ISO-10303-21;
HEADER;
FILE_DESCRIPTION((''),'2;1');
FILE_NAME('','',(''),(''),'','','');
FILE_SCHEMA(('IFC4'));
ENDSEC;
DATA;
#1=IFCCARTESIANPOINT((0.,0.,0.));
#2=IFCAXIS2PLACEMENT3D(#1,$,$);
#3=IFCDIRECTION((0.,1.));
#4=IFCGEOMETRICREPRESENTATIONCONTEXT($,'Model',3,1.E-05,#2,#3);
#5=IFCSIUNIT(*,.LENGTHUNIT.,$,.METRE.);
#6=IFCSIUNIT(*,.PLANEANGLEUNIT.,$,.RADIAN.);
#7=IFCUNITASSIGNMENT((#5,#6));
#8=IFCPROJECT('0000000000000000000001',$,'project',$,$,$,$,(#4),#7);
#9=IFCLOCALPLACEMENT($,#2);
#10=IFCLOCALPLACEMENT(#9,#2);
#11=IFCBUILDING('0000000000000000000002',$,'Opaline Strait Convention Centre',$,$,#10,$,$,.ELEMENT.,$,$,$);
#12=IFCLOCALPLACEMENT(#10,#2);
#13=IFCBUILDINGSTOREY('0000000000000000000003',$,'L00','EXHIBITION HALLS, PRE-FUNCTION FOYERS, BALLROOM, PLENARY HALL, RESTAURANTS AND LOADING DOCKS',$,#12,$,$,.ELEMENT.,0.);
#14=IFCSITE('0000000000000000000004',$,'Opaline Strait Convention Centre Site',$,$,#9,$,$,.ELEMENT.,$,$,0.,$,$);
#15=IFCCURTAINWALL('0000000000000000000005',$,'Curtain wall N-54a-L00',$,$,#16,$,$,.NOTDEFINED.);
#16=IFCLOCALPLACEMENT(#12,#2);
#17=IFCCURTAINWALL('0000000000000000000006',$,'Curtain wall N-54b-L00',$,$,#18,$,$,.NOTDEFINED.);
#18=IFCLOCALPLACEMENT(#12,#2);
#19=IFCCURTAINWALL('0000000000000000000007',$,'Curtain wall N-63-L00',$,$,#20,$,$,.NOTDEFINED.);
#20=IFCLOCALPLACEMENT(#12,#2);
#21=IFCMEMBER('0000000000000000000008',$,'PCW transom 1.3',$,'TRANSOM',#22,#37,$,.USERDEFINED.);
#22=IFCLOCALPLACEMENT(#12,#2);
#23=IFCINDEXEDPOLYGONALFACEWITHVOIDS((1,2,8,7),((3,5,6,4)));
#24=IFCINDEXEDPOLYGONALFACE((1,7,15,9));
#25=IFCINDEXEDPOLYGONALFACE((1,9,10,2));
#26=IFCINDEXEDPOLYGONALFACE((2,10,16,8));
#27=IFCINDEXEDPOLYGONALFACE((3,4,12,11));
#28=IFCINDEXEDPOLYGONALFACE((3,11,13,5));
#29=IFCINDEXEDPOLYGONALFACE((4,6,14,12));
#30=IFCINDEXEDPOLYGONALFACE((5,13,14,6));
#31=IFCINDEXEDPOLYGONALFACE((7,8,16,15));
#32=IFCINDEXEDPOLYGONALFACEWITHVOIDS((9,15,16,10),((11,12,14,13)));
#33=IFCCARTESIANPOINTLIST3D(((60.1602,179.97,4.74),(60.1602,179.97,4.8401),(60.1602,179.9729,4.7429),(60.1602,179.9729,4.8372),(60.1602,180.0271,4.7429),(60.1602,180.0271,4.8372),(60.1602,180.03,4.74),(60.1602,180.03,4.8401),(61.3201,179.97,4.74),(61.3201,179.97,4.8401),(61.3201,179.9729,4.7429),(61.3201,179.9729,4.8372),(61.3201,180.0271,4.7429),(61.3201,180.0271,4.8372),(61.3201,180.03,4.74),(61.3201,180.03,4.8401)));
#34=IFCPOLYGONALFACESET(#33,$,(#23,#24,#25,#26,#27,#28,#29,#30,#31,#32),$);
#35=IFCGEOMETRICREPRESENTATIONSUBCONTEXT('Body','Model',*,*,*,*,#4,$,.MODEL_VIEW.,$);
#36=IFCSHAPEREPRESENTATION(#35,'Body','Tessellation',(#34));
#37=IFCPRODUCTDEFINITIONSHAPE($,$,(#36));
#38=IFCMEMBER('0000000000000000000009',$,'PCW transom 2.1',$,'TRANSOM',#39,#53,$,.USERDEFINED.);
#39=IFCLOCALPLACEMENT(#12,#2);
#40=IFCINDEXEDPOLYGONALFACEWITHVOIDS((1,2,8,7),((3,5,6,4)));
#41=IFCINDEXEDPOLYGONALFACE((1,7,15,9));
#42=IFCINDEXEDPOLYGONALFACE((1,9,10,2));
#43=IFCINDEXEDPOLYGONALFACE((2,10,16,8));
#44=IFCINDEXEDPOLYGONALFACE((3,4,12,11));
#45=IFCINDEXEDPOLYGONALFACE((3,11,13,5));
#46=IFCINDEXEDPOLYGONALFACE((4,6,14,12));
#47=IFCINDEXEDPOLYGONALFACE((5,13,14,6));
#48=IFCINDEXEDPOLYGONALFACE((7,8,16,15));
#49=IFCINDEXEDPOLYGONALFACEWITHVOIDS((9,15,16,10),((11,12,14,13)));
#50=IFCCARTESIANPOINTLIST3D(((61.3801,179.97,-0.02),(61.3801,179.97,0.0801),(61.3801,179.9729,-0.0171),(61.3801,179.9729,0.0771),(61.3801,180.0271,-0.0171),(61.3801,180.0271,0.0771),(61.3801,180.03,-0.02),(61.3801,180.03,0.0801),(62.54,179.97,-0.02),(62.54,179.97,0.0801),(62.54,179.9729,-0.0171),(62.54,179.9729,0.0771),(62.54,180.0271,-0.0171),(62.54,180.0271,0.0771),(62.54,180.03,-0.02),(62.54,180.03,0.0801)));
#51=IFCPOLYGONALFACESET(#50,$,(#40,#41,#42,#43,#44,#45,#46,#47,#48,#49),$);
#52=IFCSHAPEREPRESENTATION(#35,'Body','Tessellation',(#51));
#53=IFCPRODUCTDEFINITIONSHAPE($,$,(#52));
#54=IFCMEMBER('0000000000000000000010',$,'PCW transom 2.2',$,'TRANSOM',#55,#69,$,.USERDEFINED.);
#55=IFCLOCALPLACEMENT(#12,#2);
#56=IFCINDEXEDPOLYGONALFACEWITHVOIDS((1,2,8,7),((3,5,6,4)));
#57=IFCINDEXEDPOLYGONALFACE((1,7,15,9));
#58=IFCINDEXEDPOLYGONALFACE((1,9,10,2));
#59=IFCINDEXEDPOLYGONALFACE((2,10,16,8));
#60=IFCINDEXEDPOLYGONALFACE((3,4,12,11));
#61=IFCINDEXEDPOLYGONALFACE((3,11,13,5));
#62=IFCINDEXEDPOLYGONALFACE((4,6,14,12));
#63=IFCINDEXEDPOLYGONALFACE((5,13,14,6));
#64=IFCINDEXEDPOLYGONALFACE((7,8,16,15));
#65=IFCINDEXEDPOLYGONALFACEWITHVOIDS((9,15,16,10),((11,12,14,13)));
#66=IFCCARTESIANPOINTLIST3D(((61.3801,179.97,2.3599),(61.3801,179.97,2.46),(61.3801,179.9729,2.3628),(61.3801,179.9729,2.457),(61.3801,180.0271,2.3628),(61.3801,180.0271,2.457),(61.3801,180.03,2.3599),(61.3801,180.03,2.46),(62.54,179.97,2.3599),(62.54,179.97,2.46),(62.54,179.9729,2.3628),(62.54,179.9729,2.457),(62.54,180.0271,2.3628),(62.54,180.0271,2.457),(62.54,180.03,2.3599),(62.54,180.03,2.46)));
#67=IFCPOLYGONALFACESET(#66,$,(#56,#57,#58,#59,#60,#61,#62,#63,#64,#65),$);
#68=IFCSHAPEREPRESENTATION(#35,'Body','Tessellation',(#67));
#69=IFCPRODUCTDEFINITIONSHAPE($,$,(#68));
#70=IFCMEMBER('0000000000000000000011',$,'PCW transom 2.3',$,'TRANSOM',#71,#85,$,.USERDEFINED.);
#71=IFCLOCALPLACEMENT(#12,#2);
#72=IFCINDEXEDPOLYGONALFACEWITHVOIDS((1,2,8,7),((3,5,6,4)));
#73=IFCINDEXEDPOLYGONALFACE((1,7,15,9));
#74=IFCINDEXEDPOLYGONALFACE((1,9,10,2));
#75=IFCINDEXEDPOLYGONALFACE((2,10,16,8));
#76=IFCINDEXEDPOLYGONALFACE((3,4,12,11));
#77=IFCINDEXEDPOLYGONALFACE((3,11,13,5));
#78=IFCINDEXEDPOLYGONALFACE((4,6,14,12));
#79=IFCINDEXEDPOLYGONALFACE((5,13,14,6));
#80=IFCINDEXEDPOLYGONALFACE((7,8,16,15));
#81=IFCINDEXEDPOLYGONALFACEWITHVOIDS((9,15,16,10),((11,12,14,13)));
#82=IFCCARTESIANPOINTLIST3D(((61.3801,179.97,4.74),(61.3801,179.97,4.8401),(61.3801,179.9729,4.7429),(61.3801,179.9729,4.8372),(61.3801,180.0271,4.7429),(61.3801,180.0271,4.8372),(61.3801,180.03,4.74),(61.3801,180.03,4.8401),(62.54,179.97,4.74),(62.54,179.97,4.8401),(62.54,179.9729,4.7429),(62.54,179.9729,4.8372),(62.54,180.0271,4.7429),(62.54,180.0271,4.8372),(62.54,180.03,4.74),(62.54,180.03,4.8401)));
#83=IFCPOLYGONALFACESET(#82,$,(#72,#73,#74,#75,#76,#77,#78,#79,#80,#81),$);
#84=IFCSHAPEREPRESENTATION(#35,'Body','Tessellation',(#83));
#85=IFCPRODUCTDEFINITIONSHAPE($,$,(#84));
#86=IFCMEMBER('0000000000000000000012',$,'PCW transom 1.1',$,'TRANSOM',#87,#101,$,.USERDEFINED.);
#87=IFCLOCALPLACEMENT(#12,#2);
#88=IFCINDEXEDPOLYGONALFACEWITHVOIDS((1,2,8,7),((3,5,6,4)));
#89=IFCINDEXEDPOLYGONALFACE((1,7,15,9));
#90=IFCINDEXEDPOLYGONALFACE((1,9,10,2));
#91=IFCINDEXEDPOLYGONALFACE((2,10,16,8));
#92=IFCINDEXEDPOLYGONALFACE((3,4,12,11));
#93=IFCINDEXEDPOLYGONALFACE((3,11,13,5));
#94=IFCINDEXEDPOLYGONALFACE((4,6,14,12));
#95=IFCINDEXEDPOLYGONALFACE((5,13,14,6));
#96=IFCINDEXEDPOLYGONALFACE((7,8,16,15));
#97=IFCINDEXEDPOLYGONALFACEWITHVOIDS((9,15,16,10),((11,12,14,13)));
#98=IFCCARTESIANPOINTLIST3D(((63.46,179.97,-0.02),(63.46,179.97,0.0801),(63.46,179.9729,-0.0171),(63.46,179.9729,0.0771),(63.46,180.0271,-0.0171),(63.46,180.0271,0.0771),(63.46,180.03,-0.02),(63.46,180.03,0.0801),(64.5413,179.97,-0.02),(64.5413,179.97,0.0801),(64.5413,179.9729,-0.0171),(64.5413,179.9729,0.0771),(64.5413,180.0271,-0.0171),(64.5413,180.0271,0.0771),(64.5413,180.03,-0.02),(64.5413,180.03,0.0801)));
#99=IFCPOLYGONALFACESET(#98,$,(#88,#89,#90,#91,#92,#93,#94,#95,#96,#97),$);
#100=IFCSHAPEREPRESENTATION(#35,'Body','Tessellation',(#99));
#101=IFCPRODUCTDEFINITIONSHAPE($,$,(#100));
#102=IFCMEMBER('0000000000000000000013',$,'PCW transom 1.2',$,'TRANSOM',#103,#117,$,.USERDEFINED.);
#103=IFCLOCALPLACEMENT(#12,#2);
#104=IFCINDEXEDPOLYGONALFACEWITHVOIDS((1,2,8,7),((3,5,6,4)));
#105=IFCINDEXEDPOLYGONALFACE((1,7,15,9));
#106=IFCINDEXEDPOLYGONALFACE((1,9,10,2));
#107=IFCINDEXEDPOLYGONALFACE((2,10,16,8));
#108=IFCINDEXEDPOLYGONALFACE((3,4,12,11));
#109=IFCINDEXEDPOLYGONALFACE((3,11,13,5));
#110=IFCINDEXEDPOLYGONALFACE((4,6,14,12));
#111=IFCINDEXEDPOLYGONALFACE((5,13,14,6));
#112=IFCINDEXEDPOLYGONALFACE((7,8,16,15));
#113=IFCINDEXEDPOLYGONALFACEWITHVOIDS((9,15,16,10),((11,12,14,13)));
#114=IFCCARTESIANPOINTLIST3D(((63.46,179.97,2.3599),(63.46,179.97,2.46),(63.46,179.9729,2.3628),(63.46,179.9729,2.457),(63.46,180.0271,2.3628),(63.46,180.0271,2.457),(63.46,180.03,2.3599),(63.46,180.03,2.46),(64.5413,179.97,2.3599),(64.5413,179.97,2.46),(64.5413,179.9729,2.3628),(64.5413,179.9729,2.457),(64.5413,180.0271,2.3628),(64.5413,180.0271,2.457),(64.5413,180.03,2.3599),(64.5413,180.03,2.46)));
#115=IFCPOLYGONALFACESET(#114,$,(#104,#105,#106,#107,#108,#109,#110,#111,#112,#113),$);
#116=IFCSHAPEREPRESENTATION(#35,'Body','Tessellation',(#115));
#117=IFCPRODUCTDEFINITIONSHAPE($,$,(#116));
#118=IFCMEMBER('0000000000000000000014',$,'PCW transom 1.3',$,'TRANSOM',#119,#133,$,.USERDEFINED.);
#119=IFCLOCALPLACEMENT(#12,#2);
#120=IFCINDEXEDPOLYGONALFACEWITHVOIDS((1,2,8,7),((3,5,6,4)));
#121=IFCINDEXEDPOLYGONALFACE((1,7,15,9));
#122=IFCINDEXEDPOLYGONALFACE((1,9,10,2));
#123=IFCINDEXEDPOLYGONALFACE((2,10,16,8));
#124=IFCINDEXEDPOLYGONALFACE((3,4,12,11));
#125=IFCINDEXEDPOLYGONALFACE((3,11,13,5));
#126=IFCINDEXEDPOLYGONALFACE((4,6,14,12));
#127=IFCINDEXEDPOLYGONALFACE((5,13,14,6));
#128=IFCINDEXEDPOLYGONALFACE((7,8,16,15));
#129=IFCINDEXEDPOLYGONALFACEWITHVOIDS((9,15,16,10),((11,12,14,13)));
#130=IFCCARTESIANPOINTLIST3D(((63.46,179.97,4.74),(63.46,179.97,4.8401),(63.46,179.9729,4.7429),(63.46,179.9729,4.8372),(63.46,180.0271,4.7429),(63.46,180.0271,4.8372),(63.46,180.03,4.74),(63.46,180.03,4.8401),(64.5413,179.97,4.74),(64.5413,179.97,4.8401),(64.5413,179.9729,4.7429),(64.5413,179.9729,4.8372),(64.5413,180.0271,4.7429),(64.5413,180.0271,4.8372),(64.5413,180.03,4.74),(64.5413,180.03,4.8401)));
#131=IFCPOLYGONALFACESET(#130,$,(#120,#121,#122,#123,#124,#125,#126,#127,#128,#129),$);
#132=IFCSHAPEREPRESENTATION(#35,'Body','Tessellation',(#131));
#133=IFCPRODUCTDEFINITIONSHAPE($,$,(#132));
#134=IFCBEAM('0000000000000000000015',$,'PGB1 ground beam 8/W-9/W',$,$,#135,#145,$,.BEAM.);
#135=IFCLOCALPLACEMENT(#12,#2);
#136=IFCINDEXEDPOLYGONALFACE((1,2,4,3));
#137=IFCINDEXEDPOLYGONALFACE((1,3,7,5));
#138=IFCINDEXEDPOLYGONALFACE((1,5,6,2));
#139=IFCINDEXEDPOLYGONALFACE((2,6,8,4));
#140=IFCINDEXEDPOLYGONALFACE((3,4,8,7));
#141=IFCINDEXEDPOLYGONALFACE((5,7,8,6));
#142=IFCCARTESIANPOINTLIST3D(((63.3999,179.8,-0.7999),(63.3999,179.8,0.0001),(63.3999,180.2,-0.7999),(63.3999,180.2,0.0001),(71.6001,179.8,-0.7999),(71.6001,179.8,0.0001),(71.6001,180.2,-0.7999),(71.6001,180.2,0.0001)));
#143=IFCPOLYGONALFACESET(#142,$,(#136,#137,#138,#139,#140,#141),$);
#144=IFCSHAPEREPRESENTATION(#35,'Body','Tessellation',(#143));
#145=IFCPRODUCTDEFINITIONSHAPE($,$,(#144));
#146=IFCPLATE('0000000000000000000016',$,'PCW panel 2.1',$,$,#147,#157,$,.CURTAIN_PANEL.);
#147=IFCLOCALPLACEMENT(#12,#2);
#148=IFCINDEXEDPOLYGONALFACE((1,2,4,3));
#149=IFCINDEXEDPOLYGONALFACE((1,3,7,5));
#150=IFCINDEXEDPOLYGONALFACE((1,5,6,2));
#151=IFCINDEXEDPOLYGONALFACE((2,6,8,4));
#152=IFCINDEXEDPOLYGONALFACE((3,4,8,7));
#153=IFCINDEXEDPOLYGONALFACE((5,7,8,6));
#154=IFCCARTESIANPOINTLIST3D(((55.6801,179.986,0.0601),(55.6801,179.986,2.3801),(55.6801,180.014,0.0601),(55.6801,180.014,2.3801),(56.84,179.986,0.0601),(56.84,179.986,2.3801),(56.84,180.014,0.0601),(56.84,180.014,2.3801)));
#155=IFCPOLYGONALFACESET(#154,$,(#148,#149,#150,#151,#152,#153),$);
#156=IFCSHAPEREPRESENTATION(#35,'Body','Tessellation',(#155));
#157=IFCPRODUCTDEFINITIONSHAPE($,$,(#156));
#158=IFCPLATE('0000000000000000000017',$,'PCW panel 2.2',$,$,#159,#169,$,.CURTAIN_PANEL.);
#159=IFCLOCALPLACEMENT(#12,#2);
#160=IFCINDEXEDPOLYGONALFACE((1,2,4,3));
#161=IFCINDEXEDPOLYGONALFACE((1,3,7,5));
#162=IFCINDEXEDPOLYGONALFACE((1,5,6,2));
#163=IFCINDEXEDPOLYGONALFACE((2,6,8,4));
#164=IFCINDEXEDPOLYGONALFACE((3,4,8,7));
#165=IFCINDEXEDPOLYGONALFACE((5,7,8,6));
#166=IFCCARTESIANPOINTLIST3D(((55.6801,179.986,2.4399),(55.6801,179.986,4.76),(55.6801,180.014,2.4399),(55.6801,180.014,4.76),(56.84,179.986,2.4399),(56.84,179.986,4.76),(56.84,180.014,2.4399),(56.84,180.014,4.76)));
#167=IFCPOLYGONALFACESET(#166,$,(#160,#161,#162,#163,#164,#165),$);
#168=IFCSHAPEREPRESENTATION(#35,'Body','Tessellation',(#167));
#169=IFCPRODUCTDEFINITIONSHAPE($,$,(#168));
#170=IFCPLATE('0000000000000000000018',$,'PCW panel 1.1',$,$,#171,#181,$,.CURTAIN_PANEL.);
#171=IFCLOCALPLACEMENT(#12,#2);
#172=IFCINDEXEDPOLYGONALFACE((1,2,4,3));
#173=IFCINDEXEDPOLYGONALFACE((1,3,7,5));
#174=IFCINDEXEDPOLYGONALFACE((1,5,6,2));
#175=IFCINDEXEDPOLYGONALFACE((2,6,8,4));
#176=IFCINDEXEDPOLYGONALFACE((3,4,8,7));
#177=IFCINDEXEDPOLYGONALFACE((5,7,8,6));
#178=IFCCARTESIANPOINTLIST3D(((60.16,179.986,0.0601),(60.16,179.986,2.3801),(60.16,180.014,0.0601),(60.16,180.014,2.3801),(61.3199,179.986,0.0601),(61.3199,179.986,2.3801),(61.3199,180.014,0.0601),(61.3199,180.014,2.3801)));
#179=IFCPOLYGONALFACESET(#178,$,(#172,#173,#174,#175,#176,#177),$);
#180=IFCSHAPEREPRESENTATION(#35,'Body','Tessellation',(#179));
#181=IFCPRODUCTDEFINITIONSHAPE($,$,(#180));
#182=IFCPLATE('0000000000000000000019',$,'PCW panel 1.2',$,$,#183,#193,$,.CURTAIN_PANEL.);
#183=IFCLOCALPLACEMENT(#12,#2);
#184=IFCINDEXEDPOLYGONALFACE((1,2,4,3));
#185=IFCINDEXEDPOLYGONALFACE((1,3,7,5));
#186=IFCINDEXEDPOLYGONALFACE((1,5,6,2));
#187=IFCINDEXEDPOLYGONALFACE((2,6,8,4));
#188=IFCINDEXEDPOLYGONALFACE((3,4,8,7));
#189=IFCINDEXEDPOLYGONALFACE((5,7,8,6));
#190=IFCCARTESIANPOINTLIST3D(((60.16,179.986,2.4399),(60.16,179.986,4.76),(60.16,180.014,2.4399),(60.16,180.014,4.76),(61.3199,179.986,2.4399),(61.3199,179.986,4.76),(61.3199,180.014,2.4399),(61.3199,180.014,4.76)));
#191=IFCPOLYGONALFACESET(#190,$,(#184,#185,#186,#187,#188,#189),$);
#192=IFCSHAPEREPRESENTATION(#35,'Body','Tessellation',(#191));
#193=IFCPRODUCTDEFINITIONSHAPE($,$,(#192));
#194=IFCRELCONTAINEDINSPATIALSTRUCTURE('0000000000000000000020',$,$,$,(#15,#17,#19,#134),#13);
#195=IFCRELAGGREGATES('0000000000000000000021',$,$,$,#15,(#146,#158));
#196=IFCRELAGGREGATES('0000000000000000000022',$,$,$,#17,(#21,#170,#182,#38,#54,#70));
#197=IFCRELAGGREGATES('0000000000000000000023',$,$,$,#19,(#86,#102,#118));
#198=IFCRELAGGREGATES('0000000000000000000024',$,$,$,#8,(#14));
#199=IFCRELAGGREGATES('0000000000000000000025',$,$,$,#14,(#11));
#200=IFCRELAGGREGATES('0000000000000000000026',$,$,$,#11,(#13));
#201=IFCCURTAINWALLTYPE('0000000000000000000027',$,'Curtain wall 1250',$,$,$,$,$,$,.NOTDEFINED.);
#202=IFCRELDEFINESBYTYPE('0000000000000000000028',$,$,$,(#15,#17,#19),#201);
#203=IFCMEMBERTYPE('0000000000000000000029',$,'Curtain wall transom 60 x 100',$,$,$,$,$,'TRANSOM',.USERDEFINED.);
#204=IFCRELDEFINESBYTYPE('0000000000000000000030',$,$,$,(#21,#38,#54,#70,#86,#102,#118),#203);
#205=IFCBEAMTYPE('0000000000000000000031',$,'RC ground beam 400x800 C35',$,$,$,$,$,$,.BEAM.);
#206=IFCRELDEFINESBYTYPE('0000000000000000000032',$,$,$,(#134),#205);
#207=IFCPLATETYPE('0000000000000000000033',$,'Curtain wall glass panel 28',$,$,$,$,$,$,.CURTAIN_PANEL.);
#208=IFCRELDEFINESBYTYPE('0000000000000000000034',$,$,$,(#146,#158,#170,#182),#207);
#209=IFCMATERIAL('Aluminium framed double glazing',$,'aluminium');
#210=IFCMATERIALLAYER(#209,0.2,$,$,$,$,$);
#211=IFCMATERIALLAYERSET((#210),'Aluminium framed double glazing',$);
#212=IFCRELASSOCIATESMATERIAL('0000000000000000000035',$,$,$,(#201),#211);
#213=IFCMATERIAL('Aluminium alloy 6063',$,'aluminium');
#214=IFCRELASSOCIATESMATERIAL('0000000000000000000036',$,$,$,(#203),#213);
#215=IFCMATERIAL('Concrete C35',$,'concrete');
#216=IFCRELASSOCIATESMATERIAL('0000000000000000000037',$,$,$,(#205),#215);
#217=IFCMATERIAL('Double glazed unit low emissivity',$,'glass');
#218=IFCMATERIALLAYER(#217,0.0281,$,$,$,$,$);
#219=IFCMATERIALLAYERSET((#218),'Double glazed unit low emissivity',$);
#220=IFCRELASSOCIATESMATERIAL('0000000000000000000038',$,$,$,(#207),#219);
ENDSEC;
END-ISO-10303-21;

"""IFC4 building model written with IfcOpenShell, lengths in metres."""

from ifc_helpers import new_model, si_unit, direction, frame, origin, origin_2d, place, context, subcontext, project, spatial, rectangle, hollow_rectangle, extrude, material, layer, layer_set, material_profile, profile_set, type_object, element, aggregate, save


model = new_model("IFC4")

# Units and contexts
model_context = context("Model", 3, precision=1e-05, world=origin(), true_north=direction((0.0, 1.0)))
body_context = subcontext(model_context, "Body", "Model", "MODEL_VIEW")
ifc_project = project(units=[si_unit("LENGTHUNIT", "METRE"), si_unit("PLANEANGLEUNIT", "RADIAN")], contexts=[model_context])

# Site, building, storey
site_placement = place(None, origin())
site = spatial("IfcSite", under=ifc_project, at=site_placement, Name="Opaline Strait Convention Centre Site", CompositionType="ELEMENT", RefElevation=0.0)
building_placement = place(site_placement, origin())
building = spatial("IfcBuilding", under=site, at=building_placement, Name="Opaline Strait Convention Centre", CompositionType="ELEMENT")
storey_placement = place(building_placement, origin())
storey = spatial("IfcBuildingStorey", under=building, at=storey_placement, Name="L00", Description="EXHIBITION HALLS, PRE-FUNCTION FOYERS, BALLROOM, PLENARY HALL, RESTAURANTS AND LOADING DOCKS", CompositionType="ELEMENT", Elevation=0.0)

# Shared definitions
ifc_material_1 = material(Name="Concrete C35", Category="concrete")

# Curtain wall
ifc_material_2 = material(Name="Aluminium framed double glazing", Category="aluminium")
ifc_layer_1 = layer(ifc_material_2, 0.2)
ifc_layer_set_1 = layer_set([ifc_layer_1], Name="Aluminium framed double glazing")
curtain_wall_type = type_object("IfcCurtainWallType", Name="Curtain wall 1250", PredefinedType="NOTDEFINED", material=ifc_layer_set_1)
curtain_wall_1_placement = place(storey_placement, origin())
curtain_wall_1 = element("IfcCurtainWall", 1, at=curtain_wall_1_placement, inside=storey, type_object=curtain_wall_type, Name="Curtain wall N-54a-L00", PredefinedType="NOTDEFINED")
ifc_material_3 = material(Name="Aluminium alloy 6063", Category="aluminium")

# Curtain wall
curtain_wall_2_placement = place(storey_placement, origin())
curtain_wall_2 = element("IfcCurtainWall", 2, at=curtain_wall_2_placement, inside=storey, type_object=curtain_wall_type, Name="Curtain wall N-54b-L00", PredefinedType="NOTDEFINED")

# Curtain wall
curtain_wall_3_placement = place(storey_placement, origin())
curtain_wall_3 = element("IfcCurtainWall", 3, at=curtain_wall_3_placement, inside=storey, type_object=curtain_wall_type, Name="Curtain wall N-63-L00", PredefinedType="NOTDEFINED")

# Members
ifc_material_profile_1 = material_profile(ifc_material_3, hollow_rectangle(XDim=0.0601, YDim=0.1001, WallThickness=0.0029, at=origin_2d()), Name="TRANSOM 60x100x3")
ifc_profile_set_1 = profile_set([ifc_material_profile_1], Name="Aluminium alloy 6063")
member_type_1 = type_object("IfcMemberType", Name="Curtain wall transom 60 x 100", ElementType="TRANSOM", PredefinedType="USERDEFINED", material=ifc_profile_set_1)
member_1_placement = place(storey_placement, frame((60.1602, 180.0, 4.79), z_axis=(1.0, 0.0, 0.0), x_axis=(0.0, 1.0, 0.0)))
member_1 = element("IfcMember", 4, at=member_1_placement, type_object=member_type_1, Name="PCW transom 1.3", ObjectType="TRANSOM", PredefinedType="USERDEFINED", context=body_context, shape_type="SweptSolid", body=[
    extrude(hollow_rectangle(XDim=0.0601, YDim=0.1001, WallThickness=0.0029, at=origin_2d()), origin(), (0.0, 0.0, 1.0), 1.1599),
])
member_2_placement = place(storey_placement, frame((61.3801, 180.0, 0.03), z_axis=(1.0, 0.0, 0.0), x_axis=(0.0, 1.0, 0.0)))
member_2 = element("IfcMember", 5, at=member_2_placement, type_object=member_type_1, Name="PCW transom 2.1", ObjectType="TRANSOM", PredefinedType="USERDEFINED", context=body_context, shape_type="SweptSolid", body=[
    extrude(hollow_rectangle(XDim=0.0601, YDim=0.1001, WallThickness=0.0029, at=origin_2d()), origin(), (0.0, 0.0, 1.0), 1.1599),
])
member_3_placement = place(storey_placement, frame((61.3801, 180.0, 2.4099), z_axis=(1.0, 0.0, 0.0), x_axis=(0.0, 1.0, 0.0)))
member_3 = element("IfcMember", 6, at=member_3_placement, type_object=member_type_1, Name="PCW transom 2.2", ObjectType="TRANSOM", PredefinedType="USERDEFINED", context=body_context, shape_type="SweptSolid", body=[
    extrude(hollow_rectangle(XDim=0.0601, YDim=0.1001, WallThickness=0.0029, at=origin_2d()), origin(), (0.0, 0.0, 1.0), 1.1599),
])
member_4_placement = place(storey_placement, frame((61.3801, 180.0, 4.79), z_axis=(1.0, 0.0, 0.0), x_axis=(0.0, 1.0, 0.0)))
member_4 = element("IfcMember", 7, at=member_4_placement, type_object=member_type_1, Name="PCW transom 2.3", ObjectType="TRANSOM", PredefinedType="USERDEFINED", context=body_context, shape_type="SweptSolid", body=[
    extrude(hollow_rectangle(XDim=0.0601, YDim=0.1001, WallThickness=0.0029, at=origin_2d()), origin(), (0.0, 0.0, 1.0), 1.1599),
])
member_5_placement = place(storey_placement, frame((63.46, 180.0, 0.03), z_axis=(1.0, 0.0, 0.0), x_axis=(0.0, 1.0, 0.0)))
member_5 = element("IfcMember", 8, at=member_5_placement, type_object=member_type_1, Name="PCW transom 1.1", ObjectType="TRANSOM", PredefinedType="USERDEFINED", context=body_context, shape_type="SweptSolid", body=[
    extrude(hollow_rectangle(XDim=0.0601, YDim=0.1001, WallThickness=0.0029, at=origin_2d()), origin(), (0.0, 0.0, 1.0), 1.0813),
])
member_6_placement = place(storey_placement, frame((63.46, 180.0, 2.4099), z_axis=(1.0, 0.0, 0.0), x_axis=(0.0, 1.0, 0.0)))
member_6 = element("IfcMember", 9, at=member_6_placement, type_object=member_type_1, Name="PCW transom 1.2", ObjectType="TRANSOM", PredefinedType="USERDEFINED", context=body_context, shape_type="SweptSolid", body=[
    extrude(hollow_rectangle(XDim=0.0601, YDim=0.1001, WallThickness=0.0029, at=origin_2d()), origin(), (0.0, 0.0, 1.0), 1.0813),
])
member_7_placement = place(storey_placement, frame((63.46, 180.0, 4.79), z_axis=(1.0, 0.0, 0.0), x_axis=(0.0, 1.0, 0.0)))
member_7 = element("IfcMember", 10, at=member_7_placement, type_object=member_type_1, Name="PCW transom 1.3", ObjectType="TRANSOM", PredefinedType="USERDEFINED", context=body_context, shape_type="SweptSolid", body=[
    extrude(hollow_rectangle(XDim=0.0601, YDim=0.1001, WallThickness=0.0029, at=origin_2d()), origin(), (0.0, 0.0, 1.0), 1.0813),
])

# Beam
ifc_material_profile_2 = material_profile(ifc_material_1, rectangle(XDim=0.3999, YDim=0.8, at=origin_2d()), Name="RC 400x800")
ifc_profile_set_2 = profile_set([ifc_material_profile_2], Name="Concrete C35")
beam_type = type_object("IfcBeamType", Name="RC ground beam 400x800 C35", PredefinedType="BEAM", material=ifc_profile_set_2)
beam_placement = place(storey_placement, frame((63.3999, 180.0, -0.3999), z_axis=(1.0, 0.0, 0.0), x_axis=(0.0, 1.0, 0.0)))
element("IfcBeam", 11, at=beam_placement, inside=storey, type_object=beam_type, Name="PGB1 ground beam 8/W-9/W", PredefinedType="BEAM", context=body_context, shape_type="SweptSolid", body=[
    extrude(rectangle(XDim=0.3999, YDim=0.8, at=origin_2d()), origin(), (0.0, 0.0, 1.0), 8.2002),
])

# Plates
ifc_material_4 = material(Name="Double glazed unit low emissivity", Category="glass")
ifc_layer_2 = layer(ifc_material_4, 0.0281)
ifc_layer_set_2 = layer_set([ifc_layer_2], Name="Double glazed unit low emissivity")
plate_type = type_object("IfcPlateType", Name="Curtain wall glass panel 28", PredefinedType="CURTAIN_PANEL", material=ifc_layer_set_2)
plate_1_placement = place(storey_placement, frame((56.26, 180.0, 0.0601), z_axis=(0.0, 0.0, 1.0), x_axis=(1.0, 0.0, 0.0)))
plate_1 = element("IfcPlate", 12, at=plate_1_placement, type_object=plate_type, Name="PCW panel 2.1", PredefinedType="CURTAIN_PANEL", context=body_context, shape_type="SweptSolid", body=[
    extrude(rectangle(XDim=1.1599, YDim=0.0281, at=origin_2d()), origin(), (0.0, 0.0, 1.0), 2.3201),
])
plate_2_placement = place(storey_placement, frame((56.26, 180.0, 2.4399), z_axis=(0.0, 0.0, 1.0), x_axis=(1.0, 0.0, 0.0)))
plate_2 = element("IfcPlate", 13, at=plate_2_placement, type_object=plate_type, Name="PCW panel 2.2", PredefinedType="CURTAIN_PANEL", context=body_context, shape_type="SweptSolid", body=[
    extrude(rectangle(XDim=1.1599, YDim=0.0281, at=origin_2d()), origin(), (0.0, 0.0, 1.0), 2.3201),
])
aggregate(curtain_wall_1, [plate_1, plate_2])
plate_3_placement = place(storey_placement, frame((60.74, 180.0, 0.0601), z_axis=(0.0, 0.0, 1.0), x_axis=(1.0, 0.0, 0.0)))
plate_3 = element("IfcPlate", 14, at=plate_3_placement, type_object=plate_type, Name="PCW panel 1.1", PredefinedType="CURTAIN_PANEL", context=body_context, shape_type="SweptSolid", body=[
    extrude(rectangle(XDim=1.1599, YDim=0.0281, at=origin_2d()), origin(), (0.0, 0.0, 1.0), 2.3201),
])
plate_4_placement = place(storey_placement, frame((60.74, 180.0, 2.4399), z_axis=(0.0, 0.0, 1.0), x_axis=(1.0, 0.0, 0.0)))
plate_4 = element("IfcPlate", 15, at=plate_4_placement, type_object=plate_type, Name="PCW panel 1.2", PredefinedType="CURTAIN_PANEL", context=body_context, shape_type="SweptSolid", body=[
    extrude(rectangle(XDim=1.1599, YDim=0.0281, at=origin_2d()), origin(), (0.0, 0.0, 1.0), 2.3201),
])
aggregate(curtain_wall_2, [member_1, plate_3, plate_4, member_2, member_3, member_4])
aggregate(curtain_wall_3, [member_5, member_6, member_7])

save(model, "model.ifc")
